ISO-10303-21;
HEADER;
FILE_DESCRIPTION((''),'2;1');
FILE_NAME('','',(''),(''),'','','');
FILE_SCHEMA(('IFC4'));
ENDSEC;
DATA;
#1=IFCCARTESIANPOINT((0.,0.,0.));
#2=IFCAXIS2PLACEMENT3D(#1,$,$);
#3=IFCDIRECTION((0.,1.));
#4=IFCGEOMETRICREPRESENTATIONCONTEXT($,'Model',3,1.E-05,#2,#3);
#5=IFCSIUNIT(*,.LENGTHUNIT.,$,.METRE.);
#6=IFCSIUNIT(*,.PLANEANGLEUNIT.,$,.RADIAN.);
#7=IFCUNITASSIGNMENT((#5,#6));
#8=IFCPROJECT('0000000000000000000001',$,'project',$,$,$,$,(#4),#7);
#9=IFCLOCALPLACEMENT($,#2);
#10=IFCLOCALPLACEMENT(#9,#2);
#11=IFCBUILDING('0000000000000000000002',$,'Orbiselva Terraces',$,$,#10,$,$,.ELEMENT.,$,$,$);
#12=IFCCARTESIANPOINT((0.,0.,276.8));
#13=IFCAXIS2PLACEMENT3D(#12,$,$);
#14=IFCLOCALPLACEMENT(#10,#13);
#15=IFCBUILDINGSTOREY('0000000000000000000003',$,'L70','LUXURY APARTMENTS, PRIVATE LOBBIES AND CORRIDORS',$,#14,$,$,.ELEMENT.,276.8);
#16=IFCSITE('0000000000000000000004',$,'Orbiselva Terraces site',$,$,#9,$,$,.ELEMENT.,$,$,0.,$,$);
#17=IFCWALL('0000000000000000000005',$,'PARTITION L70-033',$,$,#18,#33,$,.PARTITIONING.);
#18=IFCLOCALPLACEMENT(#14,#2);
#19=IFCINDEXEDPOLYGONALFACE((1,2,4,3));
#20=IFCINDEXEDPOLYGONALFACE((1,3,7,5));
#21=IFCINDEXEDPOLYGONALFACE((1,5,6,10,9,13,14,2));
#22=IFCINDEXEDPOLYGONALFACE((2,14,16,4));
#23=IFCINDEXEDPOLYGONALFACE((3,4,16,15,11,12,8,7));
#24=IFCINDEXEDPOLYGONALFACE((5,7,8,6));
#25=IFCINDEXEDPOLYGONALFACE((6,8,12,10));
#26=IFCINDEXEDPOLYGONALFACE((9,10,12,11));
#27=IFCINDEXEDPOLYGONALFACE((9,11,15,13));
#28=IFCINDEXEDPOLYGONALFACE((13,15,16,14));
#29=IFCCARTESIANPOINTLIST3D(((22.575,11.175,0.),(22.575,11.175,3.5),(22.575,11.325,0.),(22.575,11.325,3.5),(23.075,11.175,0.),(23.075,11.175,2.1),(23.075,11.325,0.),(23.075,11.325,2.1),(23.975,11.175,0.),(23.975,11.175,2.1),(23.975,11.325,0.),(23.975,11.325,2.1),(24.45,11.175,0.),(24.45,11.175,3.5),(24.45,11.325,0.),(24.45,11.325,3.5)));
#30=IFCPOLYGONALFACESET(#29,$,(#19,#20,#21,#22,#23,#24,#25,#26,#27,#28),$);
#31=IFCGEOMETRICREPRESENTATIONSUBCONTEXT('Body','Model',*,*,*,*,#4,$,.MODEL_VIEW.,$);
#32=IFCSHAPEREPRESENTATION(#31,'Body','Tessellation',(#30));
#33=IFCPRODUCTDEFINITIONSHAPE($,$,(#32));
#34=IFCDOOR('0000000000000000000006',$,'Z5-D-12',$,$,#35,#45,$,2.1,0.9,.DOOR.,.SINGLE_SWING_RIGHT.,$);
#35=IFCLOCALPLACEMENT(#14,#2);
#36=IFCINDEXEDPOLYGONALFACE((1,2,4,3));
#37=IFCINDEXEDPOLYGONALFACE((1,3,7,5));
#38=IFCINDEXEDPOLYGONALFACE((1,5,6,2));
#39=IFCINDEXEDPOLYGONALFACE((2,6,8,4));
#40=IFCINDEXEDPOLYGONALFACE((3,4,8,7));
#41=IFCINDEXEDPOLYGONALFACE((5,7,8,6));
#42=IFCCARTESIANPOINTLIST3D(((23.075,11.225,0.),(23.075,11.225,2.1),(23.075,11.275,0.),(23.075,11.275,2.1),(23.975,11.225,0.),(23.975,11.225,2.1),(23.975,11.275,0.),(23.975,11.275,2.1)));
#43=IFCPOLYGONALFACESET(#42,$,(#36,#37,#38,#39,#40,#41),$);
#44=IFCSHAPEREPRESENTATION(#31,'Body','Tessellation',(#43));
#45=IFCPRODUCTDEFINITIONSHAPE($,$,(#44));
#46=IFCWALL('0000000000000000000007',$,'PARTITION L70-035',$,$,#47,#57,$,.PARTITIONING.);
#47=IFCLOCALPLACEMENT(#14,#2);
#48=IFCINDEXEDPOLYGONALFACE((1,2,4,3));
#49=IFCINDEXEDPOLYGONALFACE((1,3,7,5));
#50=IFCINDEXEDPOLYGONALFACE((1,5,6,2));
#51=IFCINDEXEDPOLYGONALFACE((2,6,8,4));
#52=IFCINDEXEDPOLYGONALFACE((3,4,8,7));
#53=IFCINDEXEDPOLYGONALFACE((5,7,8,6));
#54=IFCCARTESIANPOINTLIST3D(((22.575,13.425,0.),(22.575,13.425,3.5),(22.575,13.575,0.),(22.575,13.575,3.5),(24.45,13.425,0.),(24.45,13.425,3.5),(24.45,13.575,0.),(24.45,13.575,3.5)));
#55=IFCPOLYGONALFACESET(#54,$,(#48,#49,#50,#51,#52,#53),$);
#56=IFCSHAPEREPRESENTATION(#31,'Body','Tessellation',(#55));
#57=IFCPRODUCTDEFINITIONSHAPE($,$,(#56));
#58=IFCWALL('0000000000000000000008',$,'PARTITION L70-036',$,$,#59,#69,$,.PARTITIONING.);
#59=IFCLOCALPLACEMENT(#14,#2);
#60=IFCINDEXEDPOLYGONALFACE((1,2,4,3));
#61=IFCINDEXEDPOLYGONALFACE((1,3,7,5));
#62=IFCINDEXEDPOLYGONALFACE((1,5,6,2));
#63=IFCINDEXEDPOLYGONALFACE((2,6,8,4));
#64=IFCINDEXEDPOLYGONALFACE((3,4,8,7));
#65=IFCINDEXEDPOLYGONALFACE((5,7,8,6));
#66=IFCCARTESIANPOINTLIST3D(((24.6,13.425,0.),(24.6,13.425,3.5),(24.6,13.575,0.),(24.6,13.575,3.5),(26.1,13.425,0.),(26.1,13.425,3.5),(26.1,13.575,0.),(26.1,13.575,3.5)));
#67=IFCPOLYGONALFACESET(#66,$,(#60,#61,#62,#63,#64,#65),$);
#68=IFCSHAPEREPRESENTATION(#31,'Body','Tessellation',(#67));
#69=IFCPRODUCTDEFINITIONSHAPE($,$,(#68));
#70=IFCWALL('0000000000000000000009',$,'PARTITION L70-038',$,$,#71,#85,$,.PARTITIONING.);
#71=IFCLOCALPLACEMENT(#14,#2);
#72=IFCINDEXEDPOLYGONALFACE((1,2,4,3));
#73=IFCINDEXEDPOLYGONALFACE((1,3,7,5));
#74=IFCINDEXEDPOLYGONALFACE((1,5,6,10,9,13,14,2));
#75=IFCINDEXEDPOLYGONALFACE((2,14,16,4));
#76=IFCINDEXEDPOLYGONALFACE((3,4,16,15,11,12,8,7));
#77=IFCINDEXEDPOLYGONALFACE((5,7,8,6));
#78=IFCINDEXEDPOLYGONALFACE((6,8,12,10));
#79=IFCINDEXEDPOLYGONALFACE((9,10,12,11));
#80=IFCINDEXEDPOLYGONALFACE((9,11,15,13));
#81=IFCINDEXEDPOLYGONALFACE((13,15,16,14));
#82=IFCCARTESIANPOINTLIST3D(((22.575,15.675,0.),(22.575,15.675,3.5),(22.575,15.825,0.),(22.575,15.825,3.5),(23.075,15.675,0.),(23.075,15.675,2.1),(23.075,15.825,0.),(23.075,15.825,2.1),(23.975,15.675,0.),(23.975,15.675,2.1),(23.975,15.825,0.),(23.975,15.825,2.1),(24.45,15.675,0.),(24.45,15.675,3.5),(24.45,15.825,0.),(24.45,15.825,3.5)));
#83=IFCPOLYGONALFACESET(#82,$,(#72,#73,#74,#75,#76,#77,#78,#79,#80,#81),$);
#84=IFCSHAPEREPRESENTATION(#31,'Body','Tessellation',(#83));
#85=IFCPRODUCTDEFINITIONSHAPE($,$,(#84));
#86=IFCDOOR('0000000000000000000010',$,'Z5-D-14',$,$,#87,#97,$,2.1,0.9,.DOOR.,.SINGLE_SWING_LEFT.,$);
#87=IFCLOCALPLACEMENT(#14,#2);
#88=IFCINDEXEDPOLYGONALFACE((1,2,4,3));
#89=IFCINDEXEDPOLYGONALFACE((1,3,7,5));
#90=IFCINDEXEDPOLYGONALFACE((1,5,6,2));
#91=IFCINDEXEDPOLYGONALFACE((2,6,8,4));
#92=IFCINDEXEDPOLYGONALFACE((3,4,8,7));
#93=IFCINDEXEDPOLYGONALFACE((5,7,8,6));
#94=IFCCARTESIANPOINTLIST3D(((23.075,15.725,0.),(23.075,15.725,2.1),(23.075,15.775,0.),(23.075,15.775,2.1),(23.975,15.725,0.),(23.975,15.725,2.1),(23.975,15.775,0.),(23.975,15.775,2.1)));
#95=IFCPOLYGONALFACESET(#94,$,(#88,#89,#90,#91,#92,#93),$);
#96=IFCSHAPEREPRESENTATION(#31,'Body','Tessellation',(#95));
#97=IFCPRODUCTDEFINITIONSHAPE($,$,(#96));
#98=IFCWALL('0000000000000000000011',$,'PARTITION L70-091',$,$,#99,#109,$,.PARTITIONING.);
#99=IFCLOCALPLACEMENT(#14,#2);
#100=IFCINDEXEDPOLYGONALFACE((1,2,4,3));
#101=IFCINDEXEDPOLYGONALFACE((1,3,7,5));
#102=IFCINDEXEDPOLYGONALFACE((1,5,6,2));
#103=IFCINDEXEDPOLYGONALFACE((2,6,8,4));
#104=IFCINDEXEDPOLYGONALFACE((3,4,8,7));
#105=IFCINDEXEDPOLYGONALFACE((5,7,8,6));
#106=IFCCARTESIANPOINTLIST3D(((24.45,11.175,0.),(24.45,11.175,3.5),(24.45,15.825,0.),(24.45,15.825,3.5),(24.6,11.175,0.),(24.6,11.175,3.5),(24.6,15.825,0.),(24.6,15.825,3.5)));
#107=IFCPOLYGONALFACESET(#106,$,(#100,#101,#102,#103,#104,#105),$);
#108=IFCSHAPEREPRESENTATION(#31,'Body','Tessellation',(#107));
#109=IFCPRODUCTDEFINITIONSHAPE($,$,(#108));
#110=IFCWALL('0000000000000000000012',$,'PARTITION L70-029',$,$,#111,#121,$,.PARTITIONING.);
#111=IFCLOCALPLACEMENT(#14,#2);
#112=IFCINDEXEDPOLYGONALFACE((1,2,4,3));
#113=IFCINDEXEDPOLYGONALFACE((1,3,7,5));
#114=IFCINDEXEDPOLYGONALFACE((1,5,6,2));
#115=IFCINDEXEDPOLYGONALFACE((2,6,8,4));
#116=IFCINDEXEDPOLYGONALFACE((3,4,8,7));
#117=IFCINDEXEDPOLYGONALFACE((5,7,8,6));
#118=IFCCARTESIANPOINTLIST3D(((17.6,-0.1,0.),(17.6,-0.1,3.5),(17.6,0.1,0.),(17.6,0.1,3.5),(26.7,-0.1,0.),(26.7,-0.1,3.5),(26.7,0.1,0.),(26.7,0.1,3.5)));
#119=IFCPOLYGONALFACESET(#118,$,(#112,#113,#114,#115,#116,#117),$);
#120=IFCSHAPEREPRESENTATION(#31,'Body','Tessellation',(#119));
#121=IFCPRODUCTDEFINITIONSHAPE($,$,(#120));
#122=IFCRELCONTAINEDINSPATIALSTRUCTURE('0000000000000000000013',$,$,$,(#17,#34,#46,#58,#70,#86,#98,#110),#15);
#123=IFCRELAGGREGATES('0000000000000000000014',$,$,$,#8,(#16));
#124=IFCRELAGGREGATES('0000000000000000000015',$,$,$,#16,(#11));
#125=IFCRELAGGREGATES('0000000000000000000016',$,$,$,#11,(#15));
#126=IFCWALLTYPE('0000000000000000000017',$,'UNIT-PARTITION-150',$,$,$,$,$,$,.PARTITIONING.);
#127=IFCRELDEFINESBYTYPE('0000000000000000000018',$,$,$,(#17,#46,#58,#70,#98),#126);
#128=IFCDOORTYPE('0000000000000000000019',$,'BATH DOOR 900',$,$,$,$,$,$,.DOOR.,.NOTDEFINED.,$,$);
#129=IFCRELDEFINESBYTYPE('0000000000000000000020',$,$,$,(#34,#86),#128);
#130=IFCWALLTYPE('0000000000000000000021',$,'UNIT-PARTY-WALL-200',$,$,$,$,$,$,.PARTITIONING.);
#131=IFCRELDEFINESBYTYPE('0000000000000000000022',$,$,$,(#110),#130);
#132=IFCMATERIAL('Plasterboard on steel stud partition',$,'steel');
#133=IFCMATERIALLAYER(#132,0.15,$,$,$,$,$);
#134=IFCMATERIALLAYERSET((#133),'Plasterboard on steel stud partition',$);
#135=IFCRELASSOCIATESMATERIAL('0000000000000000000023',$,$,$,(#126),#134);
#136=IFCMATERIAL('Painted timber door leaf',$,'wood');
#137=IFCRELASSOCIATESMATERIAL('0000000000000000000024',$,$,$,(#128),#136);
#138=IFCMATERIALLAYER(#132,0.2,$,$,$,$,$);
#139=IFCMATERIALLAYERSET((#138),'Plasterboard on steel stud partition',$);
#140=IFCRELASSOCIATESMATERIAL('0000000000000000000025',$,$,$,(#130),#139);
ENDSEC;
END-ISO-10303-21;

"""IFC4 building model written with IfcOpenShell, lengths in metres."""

from ifc_helpers import new_model, si_unit, direction, frame, frame_2d, origin, place, context, subcontext, project, spatial, rectangle, extrude, material, layer, layer_set, type_object, element, fill, save


model = new_model("IFC4")

# Units and contexts
model_context = context("Model", 3, precision=1e-05, world=origin(), true_north=direction((0.0, 1.0)))
body_context = subcontext(model_context, "Body", "Model", "MODEL_VIEW")
ifc_project = project(units=[si_unit("LENGTHUNIT", "METRE"), si_unit("PLANEANGLEUNIT", "RADIAN")], contexts=[model_context])

# Site, building, storey
site_placement = place(None, origin())
site = spatial("IfcSite", under=ifc_project, at=site_placement, Name="Orbiselva Terraces site", CompositionType="ELEMENT", RefElevation=0.0)
building_placement = place(site_placement, origin())
building = spatial("IfcBuilding", under=site, at=building_placement, Name="Orbiselva Terraces", CompositionType="ELEMENT")
storey_placement = place(building_placement, frame((0.0, 0.0, 276.8)))
storey = spatial("IfcBuildingStorey", under=building, at=storey_placement, Name="L70", Description="LUXURY APARTMENTS, PRIVATE LOBBIES AND CORRIDORS", CompositionType="ELEMENT", Elevation=276.8)

# Shared definitions
ifc_material_1 = material(Name="Plasterboard on steel stud partition", Category="steel")
ifc_material_2 = material(Name="Painted timber door leaf", Category="wood")

# Shared definitions
ifc_layer_1 = layer(ifc_material_1, 0.15)
ifc_layer_set_1 = layer_set([ifc_layer_1], Name="Plasterboard on steel stud partition")
wall_type_1 = type_object("IfcWallType", Name="UNIT-PARTITION-150", PredefinedType="PARTITIONING", material=ifc_layer_set_1)

# Wall, opening, door
wall_1_placement = place(storey_placement, frame((22.575, 11.25, 0.0), z_axis=(0.0, 0.0, 1.0), x_axis=(1.0, 0.0, 0.0)))
wall_1 = element("IfcWall", 1, at=wall_1_placement, inside=storey, type_object=wall_type_1, Name="PARTITION L70-033", PredefinedType="PARTITIONING", context=body_context, shape_type="SweptSolid", body=[
    extrude(rectangle(XDim=1.875, YDim=0.15, at=frame_2d((0.9375, 0.0))), origin(), (0.0, 0.0, 1.0), 3.5),
])
opening_1_placement = place(wall_1_placement, frame((0.5, 0.0, 0.0)))
opening_1 = element("IfcOpeningElement", 2, at=opening_1_placement, cuts=wall_1, PredefinedType="OPENING", context=body_context, shape_type="SweptSolid", body=[
    extrude(rectangle(XDim=0.9, YDim=2.1, at=frame_2d((0.45, 1.05))), frame((0.0, 0.085, 0.0), z_axis=(0.0, -1.0, 0.0), x_axis=(1.0, 0.0, 0.0)), (0.0, 0.0, 1.0), 0.17),
])
door_type_1 = type_object("IfcDoorType", Name="BATH DOOR 900", OperationType="NOTDEFINED", PredefinedType="DOOR", material=ifc_material_2)
door_1_placement = place(opening_1_placement, origin())
door_1 = element("IfcDoor", 3, at=door_1_placement, inside=storey, type_object=door_type_1, Name="Z5-D-12", OperationType="SINGLE_SWING_RIGHT", OverallHeight=2.1, OverallWidth=0.9, PredefinedType="DOOR", context=body_context, shape_type="SweptSolid", body=[
    extrude(rectangle(XDim=0.9, YDim=2.1, at=frame_2d((0.45, 1.05))), frame((0.0, 0.025, 0.0), z_axis=(0.0, -1.0, 0.0), x_axis=(1.0, 0.0, 0.0)), (0.0, 0.0, 1.0), 0.05),
])
fill(opening_1, door_1)

# Walls
wall_2_placement = place(storey_placement, frame((22.575, 13.5, 0.0), z_axis=(0.0, 0.0, 1.0), x_axis=(1.0, 0.0, 0.0)))
element("IfcWall", 4, at=wall_2_placement, inside=storey, type_object=wall_type_1, Name="PARTITION L70-035", PredefinedType="PARTITIONING", context=body_context, shape_type="SweptSolid", body=[
    extrude(rectangle(XDim=1.875, YDim=0.15, at=frame_2d((0.9375, 0.0))), origin(), (0.0, 0.0, 1.0), 3.5),
])
wall_3_placement = place(storey_placement, frame((24.6, 13.5, 0.0), z_axis=(0.0, 0.0, 1.0), x_axis=(1.0, 0.0, 0.0)))
element("IfcWall", 5, at=wall_3_placement, inside=storey, type_object=wall_type_1, Name="PARTITION L70-036", PredefinedType="PARTITIONING", context=body_context, shape_type="SweptSolid", body=[
    extrude(rectangle(XDim=1.5, YDim=0.15, at=frame_2d((0.75, 0.0))), origin(), (0.0, 0.0, 1.0), 3.5),
])

# Wall, opening, door
wall_4_placement = place(storey_placement, frame((24.45, 15.75, 0.0), z_axis=(0.0, 0.0, 1.0), x_axis=(-1.0, 0.0, 0.0)))
wall_4 = element("IfcWall", 6, at=wall_4_placement, inside=storey, type_object=wall_type_1, Name="PARTITION L70-038", PredefinedType="PARTITIONING", context=body_context, shape_type="SweptSolid", body=[
    extrude(rectangle(XDim=1.875, YDim=0.15, at=frame_2d((0.9375, 0.0))), origin(), (0.0, 0.0, 1.0), 3.5),
])
opening_2_placement = place(wall_4_placement, frame((0.475, 0.0, 0.0)))
opening_2 = element("IfcOpeningElement", 7, at=opening_2_placement, cuts=wall_4, PredefinedType="OPENING", context=body_context, shape_type="SweptSolid", body=[
    extrude(rectangle(XDim=0.9, YDim=2.1, at=frame_2d((0.45, 1.05))), frame((0.0, 0.085, 0.0), z_axis=(0.0, -1.0, 0.0), x_axis=(1.0, 0.0, 0.0)), (0.0, 0.0, 1.0), 0.17),
])
door_2_placement = place(opening_2_placement, origin())
door_2 = element("IfcDoor", 8, at=door_2_placement, inside=storey, type_object=door_type_1, Name="Z5-D-14", OperationType="SINGLE_SWING_LEFT", OverallHeight=2.1, OverallWidth=0.9, PredefinedType="DOOR", context=body_context, shape_type="SweptSolid", body=[
    extrude(rectangle(XDim=0.9, YDim=2.1, at=frame_2d((0.45, 1.05))), frame((0.0, 0.025, 0.0), z_axis=(0.0, -1.0, 0.0), x_axis=(1.0, 0.0, 0.0)), (0.0, 0.0, 1.0), 0.05),
])
fill(opening_2, door_2)

# Walls
wall_5_placement = place(storey_placement, frame((24.525, 11.175, 0.0), z_axis=(0.0, 0.0, 1.0), x_axis=(0.0, 1.0, 0.0)))
element("IfcWall", 9, at=wall_5_placement, inside=storey, type_object=wall_type_1, Name="PARTITION L70-091", PredefinedType="PARTITIONING", context=body_context, shape_type="SweptSolid", body=[
    extrude(rectangle(XDim=4.65, YDim=0.15, at=frame_2d((2.325, 0.0))), origin(), (0.0, 0.0, 1.0), 3.5),
])
ifc_layer_2 = layer(ifc_material_1, 0.2)
ifc_layer_set_2 = layer_set([ifc_layer_2], Name="Plasterboard on steel stud partition")
wall_type_2 = type_object("IfcWallType", Name="UNIT-PARTY-WALL-200", PredefinedType="PARTITIONING", material=ifc_layer_set_2)
wall_6_placement = place(storey_placement, frame((17.6, 0.0, 0.0), z_axis=(0.0, 0.0, 1.0), x_axis=(1.0, 0.0, 0.0)))
element("IfcWall", 10, at=wall_6_placement, inside=storey, type_object=wall_type_2, Name="PARTITION L70-029", PredefinedType="PARTITIONING", context=body_context, shape_type="SweptSolid", body=[
    extrude(rectangle(XDim=9.1, YDim=0.2, at=frame_2d((4.55, 0.0))), origin(), (0.0, 0.0, 1.0), 3.5),
])

save(model, "model.ifc")
